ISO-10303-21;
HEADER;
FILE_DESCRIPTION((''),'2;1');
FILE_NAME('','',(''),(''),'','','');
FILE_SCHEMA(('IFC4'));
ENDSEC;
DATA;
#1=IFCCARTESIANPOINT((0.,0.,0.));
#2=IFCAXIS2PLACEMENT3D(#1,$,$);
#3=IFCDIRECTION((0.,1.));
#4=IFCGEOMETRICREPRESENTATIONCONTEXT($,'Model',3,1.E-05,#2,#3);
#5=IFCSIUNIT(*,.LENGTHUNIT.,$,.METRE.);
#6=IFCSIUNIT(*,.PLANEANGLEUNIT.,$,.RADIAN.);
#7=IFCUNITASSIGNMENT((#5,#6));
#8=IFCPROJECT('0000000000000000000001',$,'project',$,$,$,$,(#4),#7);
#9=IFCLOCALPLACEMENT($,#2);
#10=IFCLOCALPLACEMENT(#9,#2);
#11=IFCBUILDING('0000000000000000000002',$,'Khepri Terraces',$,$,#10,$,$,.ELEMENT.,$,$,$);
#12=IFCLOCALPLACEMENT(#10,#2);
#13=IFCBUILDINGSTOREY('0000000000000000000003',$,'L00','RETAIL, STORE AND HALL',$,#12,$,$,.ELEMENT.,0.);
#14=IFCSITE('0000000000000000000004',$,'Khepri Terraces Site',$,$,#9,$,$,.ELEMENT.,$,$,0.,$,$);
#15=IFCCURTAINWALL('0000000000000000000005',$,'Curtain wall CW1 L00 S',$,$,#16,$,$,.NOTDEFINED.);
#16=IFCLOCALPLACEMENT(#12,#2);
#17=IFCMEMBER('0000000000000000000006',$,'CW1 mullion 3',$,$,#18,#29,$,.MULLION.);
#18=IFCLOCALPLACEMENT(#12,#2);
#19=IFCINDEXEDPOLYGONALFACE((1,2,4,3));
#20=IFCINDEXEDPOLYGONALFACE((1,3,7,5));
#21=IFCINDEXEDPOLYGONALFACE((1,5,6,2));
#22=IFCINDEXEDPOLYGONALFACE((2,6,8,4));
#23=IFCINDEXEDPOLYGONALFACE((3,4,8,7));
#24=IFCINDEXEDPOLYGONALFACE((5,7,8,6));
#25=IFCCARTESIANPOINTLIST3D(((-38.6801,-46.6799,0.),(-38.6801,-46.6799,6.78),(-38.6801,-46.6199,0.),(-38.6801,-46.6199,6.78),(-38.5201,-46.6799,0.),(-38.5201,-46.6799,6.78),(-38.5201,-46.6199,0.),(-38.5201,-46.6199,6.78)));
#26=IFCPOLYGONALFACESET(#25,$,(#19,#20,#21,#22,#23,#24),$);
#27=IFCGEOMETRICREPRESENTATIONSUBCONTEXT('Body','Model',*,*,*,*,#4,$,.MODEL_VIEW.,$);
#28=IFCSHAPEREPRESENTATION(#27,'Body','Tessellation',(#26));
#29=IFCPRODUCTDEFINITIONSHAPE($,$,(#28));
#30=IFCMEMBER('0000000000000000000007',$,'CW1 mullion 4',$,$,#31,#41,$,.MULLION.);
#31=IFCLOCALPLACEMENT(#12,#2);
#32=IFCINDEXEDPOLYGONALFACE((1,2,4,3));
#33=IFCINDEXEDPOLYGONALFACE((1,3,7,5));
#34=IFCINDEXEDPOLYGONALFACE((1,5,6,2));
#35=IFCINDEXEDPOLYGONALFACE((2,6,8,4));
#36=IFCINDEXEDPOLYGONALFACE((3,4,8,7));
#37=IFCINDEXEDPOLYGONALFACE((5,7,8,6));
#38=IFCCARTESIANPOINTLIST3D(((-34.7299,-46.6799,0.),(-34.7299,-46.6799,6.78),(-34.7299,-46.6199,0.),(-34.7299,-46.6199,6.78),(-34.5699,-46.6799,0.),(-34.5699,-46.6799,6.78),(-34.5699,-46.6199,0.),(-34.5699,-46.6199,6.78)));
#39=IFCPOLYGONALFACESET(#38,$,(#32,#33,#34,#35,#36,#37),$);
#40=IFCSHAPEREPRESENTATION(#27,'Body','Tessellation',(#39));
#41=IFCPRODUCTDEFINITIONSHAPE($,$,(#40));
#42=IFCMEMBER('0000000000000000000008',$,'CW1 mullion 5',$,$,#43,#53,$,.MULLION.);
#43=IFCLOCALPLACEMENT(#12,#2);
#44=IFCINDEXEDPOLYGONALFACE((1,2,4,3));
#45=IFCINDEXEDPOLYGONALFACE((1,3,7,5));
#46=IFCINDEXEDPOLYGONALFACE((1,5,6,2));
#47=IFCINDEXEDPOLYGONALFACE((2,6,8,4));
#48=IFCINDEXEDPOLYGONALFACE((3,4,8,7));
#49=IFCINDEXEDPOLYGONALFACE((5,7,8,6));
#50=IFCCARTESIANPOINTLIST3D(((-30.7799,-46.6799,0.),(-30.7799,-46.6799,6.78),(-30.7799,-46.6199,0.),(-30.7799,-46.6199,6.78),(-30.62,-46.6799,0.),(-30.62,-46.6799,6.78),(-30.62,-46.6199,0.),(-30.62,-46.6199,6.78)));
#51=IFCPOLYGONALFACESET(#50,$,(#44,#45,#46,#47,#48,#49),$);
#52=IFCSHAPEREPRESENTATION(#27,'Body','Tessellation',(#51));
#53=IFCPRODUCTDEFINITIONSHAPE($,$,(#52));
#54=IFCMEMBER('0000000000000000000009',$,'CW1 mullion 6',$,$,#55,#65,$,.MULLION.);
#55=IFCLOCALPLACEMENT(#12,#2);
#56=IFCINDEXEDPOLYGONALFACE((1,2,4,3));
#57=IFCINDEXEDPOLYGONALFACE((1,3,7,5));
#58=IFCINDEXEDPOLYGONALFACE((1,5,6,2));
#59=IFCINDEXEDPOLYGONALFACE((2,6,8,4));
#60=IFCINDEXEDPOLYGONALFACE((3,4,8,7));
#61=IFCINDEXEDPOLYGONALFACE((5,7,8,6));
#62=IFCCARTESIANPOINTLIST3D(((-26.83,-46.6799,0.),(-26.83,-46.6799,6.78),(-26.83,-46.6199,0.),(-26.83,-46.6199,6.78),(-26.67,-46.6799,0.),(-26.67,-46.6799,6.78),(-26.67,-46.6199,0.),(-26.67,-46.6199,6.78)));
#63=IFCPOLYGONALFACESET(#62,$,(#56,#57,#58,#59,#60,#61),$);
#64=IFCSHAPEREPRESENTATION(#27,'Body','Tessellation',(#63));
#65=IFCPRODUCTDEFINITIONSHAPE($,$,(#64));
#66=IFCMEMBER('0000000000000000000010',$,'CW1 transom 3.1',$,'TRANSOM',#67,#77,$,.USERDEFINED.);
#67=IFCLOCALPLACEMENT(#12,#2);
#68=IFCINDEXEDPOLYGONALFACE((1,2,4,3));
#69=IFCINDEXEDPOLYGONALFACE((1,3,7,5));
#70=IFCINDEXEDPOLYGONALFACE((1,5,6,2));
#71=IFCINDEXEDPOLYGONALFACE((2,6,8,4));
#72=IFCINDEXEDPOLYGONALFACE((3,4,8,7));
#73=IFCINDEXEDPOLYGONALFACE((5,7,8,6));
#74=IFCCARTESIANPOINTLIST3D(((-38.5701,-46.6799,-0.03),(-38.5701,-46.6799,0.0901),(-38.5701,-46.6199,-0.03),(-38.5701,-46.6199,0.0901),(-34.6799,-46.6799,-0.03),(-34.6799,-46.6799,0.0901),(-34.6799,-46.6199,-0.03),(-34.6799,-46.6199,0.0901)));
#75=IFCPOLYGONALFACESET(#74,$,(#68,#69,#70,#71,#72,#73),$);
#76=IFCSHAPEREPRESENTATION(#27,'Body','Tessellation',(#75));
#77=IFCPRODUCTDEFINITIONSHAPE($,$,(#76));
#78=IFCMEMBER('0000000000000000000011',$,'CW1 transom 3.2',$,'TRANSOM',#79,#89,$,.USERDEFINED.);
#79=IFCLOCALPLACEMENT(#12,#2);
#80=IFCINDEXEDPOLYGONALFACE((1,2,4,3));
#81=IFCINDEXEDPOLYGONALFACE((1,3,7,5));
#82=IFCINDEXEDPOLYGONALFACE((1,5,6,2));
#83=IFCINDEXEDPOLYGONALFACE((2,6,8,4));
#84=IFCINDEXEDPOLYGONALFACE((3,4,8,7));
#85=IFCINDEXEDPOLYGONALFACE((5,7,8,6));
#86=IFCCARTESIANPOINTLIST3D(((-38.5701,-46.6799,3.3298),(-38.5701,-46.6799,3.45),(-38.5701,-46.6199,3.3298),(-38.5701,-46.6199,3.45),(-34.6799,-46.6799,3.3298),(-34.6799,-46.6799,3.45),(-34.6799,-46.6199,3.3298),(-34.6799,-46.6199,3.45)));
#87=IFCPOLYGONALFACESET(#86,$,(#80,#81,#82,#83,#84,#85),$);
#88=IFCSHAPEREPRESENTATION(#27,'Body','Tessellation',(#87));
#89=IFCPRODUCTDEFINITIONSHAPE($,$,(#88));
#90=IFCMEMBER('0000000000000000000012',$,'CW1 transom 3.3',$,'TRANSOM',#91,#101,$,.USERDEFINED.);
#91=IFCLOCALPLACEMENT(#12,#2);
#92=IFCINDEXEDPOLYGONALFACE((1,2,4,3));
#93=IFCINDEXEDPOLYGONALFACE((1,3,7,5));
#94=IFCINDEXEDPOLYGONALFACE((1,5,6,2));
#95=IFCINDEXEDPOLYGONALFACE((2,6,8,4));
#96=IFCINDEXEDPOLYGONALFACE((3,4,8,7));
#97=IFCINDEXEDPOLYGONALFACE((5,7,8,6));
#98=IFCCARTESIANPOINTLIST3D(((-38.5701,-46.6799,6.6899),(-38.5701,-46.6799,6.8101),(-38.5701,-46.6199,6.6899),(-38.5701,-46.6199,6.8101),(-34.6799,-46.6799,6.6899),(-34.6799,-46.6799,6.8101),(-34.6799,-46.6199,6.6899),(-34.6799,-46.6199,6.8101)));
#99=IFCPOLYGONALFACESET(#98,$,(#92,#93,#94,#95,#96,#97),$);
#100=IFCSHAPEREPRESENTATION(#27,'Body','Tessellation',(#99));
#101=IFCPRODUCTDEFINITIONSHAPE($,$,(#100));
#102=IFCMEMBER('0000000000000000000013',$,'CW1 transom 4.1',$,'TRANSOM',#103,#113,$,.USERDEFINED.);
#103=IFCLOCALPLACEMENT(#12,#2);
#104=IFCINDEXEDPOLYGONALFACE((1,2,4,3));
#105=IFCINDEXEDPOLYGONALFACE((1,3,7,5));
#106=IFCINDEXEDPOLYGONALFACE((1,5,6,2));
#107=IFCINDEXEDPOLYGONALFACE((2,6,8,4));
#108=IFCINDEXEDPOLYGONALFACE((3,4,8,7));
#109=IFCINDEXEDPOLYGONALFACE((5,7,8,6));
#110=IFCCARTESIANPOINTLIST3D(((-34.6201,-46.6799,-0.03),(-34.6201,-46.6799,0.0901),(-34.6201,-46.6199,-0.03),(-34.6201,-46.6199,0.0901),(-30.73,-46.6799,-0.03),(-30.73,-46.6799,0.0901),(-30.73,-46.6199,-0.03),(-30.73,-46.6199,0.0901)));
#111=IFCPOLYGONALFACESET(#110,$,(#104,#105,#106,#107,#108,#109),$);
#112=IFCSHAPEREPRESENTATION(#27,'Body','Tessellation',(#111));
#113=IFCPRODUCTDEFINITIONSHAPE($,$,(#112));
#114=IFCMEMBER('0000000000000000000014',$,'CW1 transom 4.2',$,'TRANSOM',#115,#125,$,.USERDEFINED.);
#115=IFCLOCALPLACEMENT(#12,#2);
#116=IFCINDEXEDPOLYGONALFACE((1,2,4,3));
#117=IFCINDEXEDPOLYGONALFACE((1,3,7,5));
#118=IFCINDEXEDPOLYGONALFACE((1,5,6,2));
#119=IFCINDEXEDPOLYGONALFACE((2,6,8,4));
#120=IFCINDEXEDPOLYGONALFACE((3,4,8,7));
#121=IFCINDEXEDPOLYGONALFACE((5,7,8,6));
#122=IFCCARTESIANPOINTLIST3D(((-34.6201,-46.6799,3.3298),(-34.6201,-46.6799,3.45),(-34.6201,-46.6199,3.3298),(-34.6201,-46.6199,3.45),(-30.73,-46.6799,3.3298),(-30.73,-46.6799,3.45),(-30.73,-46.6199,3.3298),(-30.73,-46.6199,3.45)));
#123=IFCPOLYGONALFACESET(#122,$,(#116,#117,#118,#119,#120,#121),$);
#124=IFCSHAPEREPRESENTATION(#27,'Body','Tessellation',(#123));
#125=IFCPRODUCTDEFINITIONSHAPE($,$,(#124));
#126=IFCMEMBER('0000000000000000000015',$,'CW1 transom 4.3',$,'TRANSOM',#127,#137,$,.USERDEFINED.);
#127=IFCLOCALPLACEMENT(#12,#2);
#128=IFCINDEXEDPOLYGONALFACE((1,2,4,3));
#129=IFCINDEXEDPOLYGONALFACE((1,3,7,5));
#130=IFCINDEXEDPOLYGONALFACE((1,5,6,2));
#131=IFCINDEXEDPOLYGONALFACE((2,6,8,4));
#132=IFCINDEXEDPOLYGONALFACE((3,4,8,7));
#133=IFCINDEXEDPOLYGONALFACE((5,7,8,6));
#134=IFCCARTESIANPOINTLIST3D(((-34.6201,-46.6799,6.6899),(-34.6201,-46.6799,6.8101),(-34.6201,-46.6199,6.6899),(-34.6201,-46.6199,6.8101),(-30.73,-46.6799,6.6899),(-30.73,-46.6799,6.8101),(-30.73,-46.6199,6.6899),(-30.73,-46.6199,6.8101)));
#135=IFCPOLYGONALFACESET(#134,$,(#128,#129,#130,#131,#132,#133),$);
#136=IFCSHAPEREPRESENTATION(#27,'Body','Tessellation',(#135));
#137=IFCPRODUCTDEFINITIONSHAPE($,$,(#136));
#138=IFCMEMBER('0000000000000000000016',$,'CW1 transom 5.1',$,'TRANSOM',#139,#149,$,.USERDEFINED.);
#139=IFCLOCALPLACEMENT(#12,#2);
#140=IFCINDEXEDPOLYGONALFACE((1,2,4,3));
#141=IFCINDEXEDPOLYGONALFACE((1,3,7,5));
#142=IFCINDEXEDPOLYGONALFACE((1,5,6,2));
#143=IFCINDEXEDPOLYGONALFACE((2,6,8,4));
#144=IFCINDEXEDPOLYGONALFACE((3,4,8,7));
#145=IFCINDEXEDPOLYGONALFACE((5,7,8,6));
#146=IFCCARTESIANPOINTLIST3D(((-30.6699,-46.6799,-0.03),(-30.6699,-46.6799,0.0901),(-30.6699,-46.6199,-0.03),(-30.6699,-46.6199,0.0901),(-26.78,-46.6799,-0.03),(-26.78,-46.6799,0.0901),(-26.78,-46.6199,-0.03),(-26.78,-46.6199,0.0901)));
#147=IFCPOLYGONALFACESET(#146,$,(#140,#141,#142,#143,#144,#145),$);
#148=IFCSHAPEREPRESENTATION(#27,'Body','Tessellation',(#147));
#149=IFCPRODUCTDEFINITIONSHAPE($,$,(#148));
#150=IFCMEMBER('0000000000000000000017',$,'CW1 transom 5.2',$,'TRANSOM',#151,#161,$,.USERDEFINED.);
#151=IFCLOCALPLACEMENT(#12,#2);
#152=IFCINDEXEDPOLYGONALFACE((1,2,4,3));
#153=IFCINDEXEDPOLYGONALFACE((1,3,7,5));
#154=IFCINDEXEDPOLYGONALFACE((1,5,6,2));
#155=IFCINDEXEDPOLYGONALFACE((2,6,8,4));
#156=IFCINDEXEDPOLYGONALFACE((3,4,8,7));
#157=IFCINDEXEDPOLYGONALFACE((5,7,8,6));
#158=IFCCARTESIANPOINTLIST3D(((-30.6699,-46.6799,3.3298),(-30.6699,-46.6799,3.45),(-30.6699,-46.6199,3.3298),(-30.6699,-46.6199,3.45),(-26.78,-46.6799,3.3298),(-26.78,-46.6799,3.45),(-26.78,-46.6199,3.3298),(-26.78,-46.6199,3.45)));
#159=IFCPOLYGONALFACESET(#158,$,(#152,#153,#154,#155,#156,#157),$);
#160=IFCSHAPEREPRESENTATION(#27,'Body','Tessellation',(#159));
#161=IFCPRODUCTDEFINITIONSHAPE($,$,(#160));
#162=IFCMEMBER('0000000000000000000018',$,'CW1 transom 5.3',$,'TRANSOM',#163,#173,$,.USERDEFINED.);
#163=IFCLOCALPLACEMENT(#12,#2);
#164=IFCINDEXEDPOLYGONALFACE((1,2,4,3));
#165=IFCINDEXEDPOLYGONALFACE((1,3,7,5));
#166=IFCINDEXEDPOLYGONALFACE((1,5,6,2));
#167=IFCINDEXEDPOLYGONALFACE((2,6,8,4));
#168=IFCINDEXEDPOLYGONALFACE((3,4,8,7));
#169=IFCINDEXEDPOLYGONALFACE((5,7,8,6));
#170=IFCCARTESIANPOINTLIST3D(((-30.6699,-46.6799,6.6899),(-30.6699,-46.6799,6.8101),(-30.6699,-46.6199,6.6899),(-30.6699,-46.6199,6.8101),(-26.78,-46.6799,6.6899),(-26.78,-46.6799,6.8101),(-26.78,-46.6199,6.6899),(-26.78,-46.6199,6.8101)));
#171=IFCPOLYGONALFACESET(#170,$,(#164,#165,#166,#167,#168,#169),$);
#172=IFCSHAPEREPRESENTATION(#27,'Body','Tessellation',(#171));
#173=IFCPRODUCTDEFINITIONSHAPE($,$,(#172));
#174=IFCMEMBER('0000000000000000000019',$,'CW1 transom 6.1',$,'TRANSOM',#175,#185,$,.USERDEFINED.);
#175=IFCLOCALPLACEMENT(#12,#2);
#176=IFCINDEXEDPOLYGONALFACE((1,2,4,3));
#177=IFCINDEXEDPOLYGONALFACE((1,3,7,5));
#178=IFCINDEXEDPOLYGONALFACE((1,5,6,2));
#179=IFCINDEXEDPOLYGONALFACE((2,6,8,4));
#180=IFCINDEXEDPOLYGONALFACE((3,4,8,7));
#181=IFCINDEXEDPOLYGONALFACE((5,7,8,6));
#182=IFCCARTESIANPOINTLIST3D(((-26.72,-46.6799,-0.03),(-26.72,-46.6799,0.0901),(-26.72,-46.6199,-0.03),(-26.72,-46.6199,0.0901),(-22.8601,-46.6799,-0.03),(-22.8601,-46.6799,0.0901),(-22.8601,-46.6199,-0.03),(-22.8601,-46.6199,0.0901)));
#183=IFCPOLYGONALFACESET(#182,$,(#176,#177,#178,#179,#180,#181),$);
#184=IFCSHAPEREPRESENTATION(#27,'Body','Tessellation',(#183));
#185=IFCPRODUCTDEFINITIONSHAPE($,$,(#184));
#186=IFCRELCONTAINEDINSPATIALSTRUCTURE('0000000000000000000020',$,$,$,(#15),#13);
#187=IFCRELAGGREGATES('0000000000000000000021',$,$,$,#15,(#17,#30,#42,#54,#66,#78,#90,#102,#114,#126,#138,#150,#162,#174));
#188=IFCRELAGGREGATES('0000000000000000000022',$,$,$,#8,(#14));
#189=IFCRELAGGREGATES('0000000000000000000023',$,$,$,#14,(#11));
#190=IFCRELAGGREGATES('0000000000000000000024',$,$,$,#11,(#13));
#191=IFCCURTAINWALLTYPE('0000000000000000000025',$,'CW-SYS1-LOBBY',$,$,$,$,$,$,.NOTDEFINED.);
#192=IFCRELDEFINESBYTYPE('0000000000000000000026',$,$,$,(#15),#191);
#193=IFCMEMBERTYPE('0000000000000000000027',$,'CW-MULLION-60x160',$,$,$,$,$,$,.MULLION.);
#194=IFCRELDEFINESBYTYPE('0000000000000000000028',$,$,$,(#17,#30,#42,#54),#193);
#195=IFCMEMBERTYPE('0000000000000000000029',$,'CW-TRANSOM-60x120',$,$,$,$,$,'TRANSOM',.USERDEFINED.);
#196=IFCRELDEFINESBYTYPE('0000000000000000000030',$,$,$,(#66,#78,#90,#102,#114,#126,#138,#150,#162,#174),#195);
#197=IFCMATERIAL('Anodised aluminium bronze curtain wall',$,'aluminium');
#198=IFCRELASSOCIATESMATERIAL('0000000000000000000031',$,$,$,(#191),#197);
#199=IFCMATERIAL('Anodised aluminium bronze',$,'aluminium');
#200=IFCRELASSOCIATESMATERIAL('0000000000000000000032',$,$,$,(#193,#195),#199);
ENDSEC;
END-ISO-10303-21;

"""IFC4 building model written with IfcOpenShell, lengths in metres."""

from ifc_helpers import new_model, si_unit, direction, frame, origin, origin_2d, place, context, subcontext, project, spatial, rectangle, extrude, material, material_profile, profile_set, type_object, element, aggregate, save


model = new_model("IFC4")

# Units and contexts
model_context = context("Model", 3, precision=1e-05, world=origin(), true_north=direction((0.0, 1.0)))
body_context = subcontext(model_context, "Body", "Model", "MODEL_VIEW")
ifc_project = project(units=[si_unit("LENGTHUNIT", "METRE"), si_unit("PLANEANGLEUNIT", "RADIAN")], contexts=[model_context])

# Site, building, storey
site_placement = place(None, origin())
site = spatial("IfcSite", under=ifc_project, at=site_placement, Name="Khepri Terraces Site", CompositionType="ELEMENT", RefElevation=0.0)
building_placement = place(site_placement, origin())
building = spatial("IfcBuilding", under=site, at=building_placement, Name="Khepri Terraces", CompositionType="ELEMENT")
storey_placement = place(building_placement, origin())
storey = spatial("IfcBuildingStorey", under=building, at=storey_placement, Name="L00", Description="RETAIL, STORE AND HALL", CompositionType="ELEMENT", Elevation=0.0)

# Curtain wall, members
ifc_material_1 = material(Name="Anodised aluminium bronze curtain wall", Category="aluminium")
curtain_wall_type = type_object("IfcCurtainWallType", Name="CW-SYS1-LOBBY", PredefinedType="NOTDEFINED", material=ifc_material_1)
curtain_wall_placement = place(storey_placement, origin())
curtain_wall = element("IfcCurtainWall", 1, at=curtain_wall_placement, inside=storey, type_object=curtain_wall_type, Name="Curtain wall CW1 L00 S", PredefinedType="NOTDEFINED")
ifc_material_2 = material(Name="Anodised aluminium bronze", Category="aluminium")
ifc_material_profile_1 = material_profile(ifc_material_2, rectangle(XDim=0.0601, YDim=0.1599, at=origin_2d()), Name="Anodised aluminium bronze", Category="aluminium")
ifc_profile_set_1 = profile_set([ifc_material_profile_1], Name="Anodised aluminium bronze")
member_type_1 = type_object("IfcMemberType", Name="CW-MULLION-60x160", PredefinedType="MULLION", material=ifc_profile_set_1)
member_1_placement = place(storey_placement, frame((-38.6001, -46.6499, 0.0), z_axis=(0.0, 0.0, 1.0), x_axis=(0.0, 1.0, 0.0)))
member_1 = element("IfcMember", 2, at=member_1_placement, type_object=member_type_1, Name="CW1 mullion 3", PredefinedType="MULLION", context=body_context, shape_type="SweptSolid", body=[
    extrude(rectangle(XDim=0.0601, YDim=0.1599, at=origin_2d()), origin(), (0.0, 0.0, 1.0), 6.78),
])
member_2_placement = place(storey_placement, frame((-34.6499, -46.6499, 0.0), z_axis=(0.0, 0.0, 1.0), x_axis=(0.0, 1.0, 0.0)))
member_2 = element("IfcMember", 3, at=member_2_placement, type_object=member_type_1, Name="CW1 mullion 4", PredefinedType="MULLION", context=body_context, shape_type="SweptSolid", body=[
    extrude(rectangle(XDim=0.0601, YDim=0.1599, at=origin_2d()), origin(), (0.0, 0.0, 1.0), 6.78),
])
member_3_placement = place(storey_placement, frame((-30.7, -46.6499, 0.0), z_axis=(0.0, 0.0, 1.0), x_axis=(0.0, 1.0, 0.0)))
member_3 = element("IfcMember", 4, at=member_3_placement, type_object=member_type_1, Name="CW1 mullion 5", PredefinedType="MULLION", context=body_context, shape_type="SweptSolid", body=[
    extrude(rectangle(XDim=0.0601, YDim=0.1599, at=origin_2d()), origin(), (0.0, 0.0, 1.0), 6.78),
])
member_4_placement = place(storey_placement, frame((-26.75, -46.6499, 0.0), z_axis=(0.0, 0.0, 1.0), x_axis=(0.0, 1.0, 0.0)))
member_4 = element("IfcMember", 5, at=member_4_placement, type_object=member_type_1, Name="CW1 mullion 6", PredefinedType="MULLION", context=body_context, shape_type="SweptSolid", body=[
    extrude(rectangle(XDim=0.0601, YDim=0.1599, at=origin_2d()), origin(), (0.0, 0.0, 1.0), 6.78),
])
ifc_material_profile_2 = material_profile(ifc_material_2, rectangle(XDim=0.0601, YDim=0.1201, at=origin_2d()), Name="Anodised aluminium bronze", Category="aluminium")
ifc_profile_set_2 = profile_set([ifc_material_profile_2], Name="Anodised aluminium bronze")
member_type_2 = type_object("IfcMemberType", Name="CW-TRANSOM-60x120", ElementType="TRANSOM", PredefinedType="USERDEFINED", material=ifc_profile_set_2)
member_5_placement = place(storey_placement, frame((-38.5701, -46.6499, 0.03), z_axis=(1.0, 0.0, 0.0), x_axis=(0.0, 1.0, 0.0)))
member_5 = element("IfcMember", 6, at=member_5_placement, type_object=member_type_2, Name="CW1 transom 3.1", ObjectType="TRANSOM", PredefinedType="USERDEFINED", context=body_context, shape_type="SweptSolid", body=[
    extrude(rectangle(XDim=0.0601, YDim=0.1201, at=origin_2d()), origin(), (0.0, 0.0, 1.0), 3.8901),
])
member_6_placement = place(storey_placement, frame((-38.5701, -46.6499, 3.3899), z_axis=(1.0, 0.0, 0.0), x_axis=(0.0, 1.0, 0.0)))
member_6 = element("IfcMember", 7, at=member_6_placement, type_object=member_type_2, Name="CW1 transom 3.2", ObjectType="TRANSOM", PredefinedType="USERDEFINED", context=body_context, shape_type="SweptSolid", body=[
    extrude(rectangle(XDim=0.0601, YDim=0.1201, at=origin_2d()), origin(), (0.0, 0.0, 1.0), 3.8901),
])
member_7_placement = place(storey_placement, frame((-38.5701, -46.6499, 6.75), z_axis=(1.0, 0.0, 0.0), x_axis=(0.0, 1.0, 0.0)))
member_7 = element("IfcMember", 8, at=member_7_placement, type_object=member_type_2, Name="CW1 transom 3.3", ObjectType="TRANSOM", PredefinedType="USERDEFINED", context=body_context, shape_type="SweptSolid", body=[
    extrude(rectangle(XDim=0.0601, YDim=0.1201, at=origin_2d()), origin(), (0.0, 0.0, 1.0), 3.8901),
])
member_8_placement = place(storey_placement, frame((-34.6201, -46.6499, 0.03), z_axis=(1.0, 0.0, 0.0), x_axis=(0.0, 1.0, 0.0)))
member_8 = element("IfcMember", 9, at=member_8_placement, type_object=member_type_2, Name="CW1 transom 4.1", ObjectType="TRANSOM", PredefinedType="USERDEFINED", context=body_context, shape_type="SweptSolid", body=[
    extrude(rectangle(XDim=0.0601, YDim=0.1201, at=origin_2d()), origin(), (0.0, 0.0, 1.0), 3.8901),
])
member_9_placement = place(storey_placement, frame((-34.6201, -46.6499, 3.3899), z_axis=(1.0, 0.0, 0.0), x_axis=(0.0, 1.0, 0.0)))
member_9 = element("IfcMember", 10, at=member_9_placement, type_object=member_type_2, Name="CW1 transom 4.2", ObjectType="TRANSOM", PredefinedType="USERDEFINED", context=body_context, shape_type="SweptSolid", body=[
    extrude(rectangle(XDim=0.0601, YDim=0.1201, at=origin_2d()), origin(), (0.0, 0.0, 1.0), 3.8901),
])
member_10_placement = place(storey_placement, frame((-34.6201, -46.6499, 6.75), z_axis=(1.0, 0.0, 0.0), x_axis=(0.0, 1.0, 0.0)))
member_10 = element("IfcMember", 11, at=member_10_placement, type_object=member_type_2, Name="CW1 transom 4.3", ObjectType="TRANSOM", PredefinedType="USERDEFINED", context=body_context, shape_type="SweptSolid", body=[
    extrude(rectangle(XDim=0.0601, YDim=0.1201, at=origin_2d()), origin(), (0.0, 0.0, 1.0), 3.8901),
])
member_11_placement = place(storey_placement, frame((-30.6699, -46.6499, 0.03), z_axis=(1.0, 0.0, 0.0), x_axis=(0.0, 1.0, 0.0)))
member_11 = element("IfcMember", 12, at=member_11_placement, type_object=member_type_2, Name="CW1 transom 5.1", ObjectType="TRANSOM", PredefinedType="USERDEFINED", context=body_context, shape_type="SweptSolid", body=[
    extrude(rectangle(XDim=0.0601, YDim=0.1201, at=origin_2d()), origin(), (0.0, 0.0, 1.0), 3.8899),
])
member_12_placement = place(storey_placement, frame((-30.6699, -46.6499, 3.3899), z_axis=(1.0, 0.0, 0.0), x_axis=(0.0, 1.0, 0.0)))
member_12 = element("IfcMember", 13, at=member_12_placement, type_object=member_type_2, Name="CW1 transom 5.2", ObjectType="TRANSOM", PredefinedType="USERDEFINED", context=body_context, shape_type="SweptSolid", body=[
    extrude(rectangle(XDim=0.0601, YDim=0.1201, at=origin_2d()), origin(), (0.0, 0.0, 1.0), 3.8899),
])
member_13_placement = place(storey_placement, frame((-30.6699, -46.6499, 6.75), z_axis=(1.0, 0.0, 0.0), x_axis=(0.0, 1.0, 0.0)))
member_13 = element("IfcMember", 14, at=member_13_placement, type_object=member_type_2, Name="CW1 transom 5.3", ObjectType="TRANSOM", PredefinedType="USERDEFINED", context=body_context, shape_type="SweptSolid", body=[
    extrude(rectangle(XDim=0.0601, YDim=0.1201, at=origin_2d()), origin(), (0.0, 0.0, 1.0), 3.8899),
])
member_14_placement = place(storey_placement, frame((-26.72, -46.6499, 0.03), z_axis=(1.0, 0.0, 0.0), x_axis=(0.0, 1.0, 0.0)))
member_14 = element("IfcMember", 15, at=member_14_placement, type_object=member_type_2, Name="CW1 transom 6.1", ObjectType="TRANSOM", PredefinedType="USERDEFINED", context=body_context, shape_type="SweptSolid", body=[
    extrude(rectangle(XDim=0.0601, YDim=0.1201, at=origin_2d()), origin(), (0.0, 0.0, 1.0), 3.8599),
])
aggregate(curtain_wall, [member_1, member_2, member_3, member_4, member_5, member_6, member_7, member_8, member_9, member_10, member_11, member_12, member_13, member_14])

save(model, "model.ifc")
